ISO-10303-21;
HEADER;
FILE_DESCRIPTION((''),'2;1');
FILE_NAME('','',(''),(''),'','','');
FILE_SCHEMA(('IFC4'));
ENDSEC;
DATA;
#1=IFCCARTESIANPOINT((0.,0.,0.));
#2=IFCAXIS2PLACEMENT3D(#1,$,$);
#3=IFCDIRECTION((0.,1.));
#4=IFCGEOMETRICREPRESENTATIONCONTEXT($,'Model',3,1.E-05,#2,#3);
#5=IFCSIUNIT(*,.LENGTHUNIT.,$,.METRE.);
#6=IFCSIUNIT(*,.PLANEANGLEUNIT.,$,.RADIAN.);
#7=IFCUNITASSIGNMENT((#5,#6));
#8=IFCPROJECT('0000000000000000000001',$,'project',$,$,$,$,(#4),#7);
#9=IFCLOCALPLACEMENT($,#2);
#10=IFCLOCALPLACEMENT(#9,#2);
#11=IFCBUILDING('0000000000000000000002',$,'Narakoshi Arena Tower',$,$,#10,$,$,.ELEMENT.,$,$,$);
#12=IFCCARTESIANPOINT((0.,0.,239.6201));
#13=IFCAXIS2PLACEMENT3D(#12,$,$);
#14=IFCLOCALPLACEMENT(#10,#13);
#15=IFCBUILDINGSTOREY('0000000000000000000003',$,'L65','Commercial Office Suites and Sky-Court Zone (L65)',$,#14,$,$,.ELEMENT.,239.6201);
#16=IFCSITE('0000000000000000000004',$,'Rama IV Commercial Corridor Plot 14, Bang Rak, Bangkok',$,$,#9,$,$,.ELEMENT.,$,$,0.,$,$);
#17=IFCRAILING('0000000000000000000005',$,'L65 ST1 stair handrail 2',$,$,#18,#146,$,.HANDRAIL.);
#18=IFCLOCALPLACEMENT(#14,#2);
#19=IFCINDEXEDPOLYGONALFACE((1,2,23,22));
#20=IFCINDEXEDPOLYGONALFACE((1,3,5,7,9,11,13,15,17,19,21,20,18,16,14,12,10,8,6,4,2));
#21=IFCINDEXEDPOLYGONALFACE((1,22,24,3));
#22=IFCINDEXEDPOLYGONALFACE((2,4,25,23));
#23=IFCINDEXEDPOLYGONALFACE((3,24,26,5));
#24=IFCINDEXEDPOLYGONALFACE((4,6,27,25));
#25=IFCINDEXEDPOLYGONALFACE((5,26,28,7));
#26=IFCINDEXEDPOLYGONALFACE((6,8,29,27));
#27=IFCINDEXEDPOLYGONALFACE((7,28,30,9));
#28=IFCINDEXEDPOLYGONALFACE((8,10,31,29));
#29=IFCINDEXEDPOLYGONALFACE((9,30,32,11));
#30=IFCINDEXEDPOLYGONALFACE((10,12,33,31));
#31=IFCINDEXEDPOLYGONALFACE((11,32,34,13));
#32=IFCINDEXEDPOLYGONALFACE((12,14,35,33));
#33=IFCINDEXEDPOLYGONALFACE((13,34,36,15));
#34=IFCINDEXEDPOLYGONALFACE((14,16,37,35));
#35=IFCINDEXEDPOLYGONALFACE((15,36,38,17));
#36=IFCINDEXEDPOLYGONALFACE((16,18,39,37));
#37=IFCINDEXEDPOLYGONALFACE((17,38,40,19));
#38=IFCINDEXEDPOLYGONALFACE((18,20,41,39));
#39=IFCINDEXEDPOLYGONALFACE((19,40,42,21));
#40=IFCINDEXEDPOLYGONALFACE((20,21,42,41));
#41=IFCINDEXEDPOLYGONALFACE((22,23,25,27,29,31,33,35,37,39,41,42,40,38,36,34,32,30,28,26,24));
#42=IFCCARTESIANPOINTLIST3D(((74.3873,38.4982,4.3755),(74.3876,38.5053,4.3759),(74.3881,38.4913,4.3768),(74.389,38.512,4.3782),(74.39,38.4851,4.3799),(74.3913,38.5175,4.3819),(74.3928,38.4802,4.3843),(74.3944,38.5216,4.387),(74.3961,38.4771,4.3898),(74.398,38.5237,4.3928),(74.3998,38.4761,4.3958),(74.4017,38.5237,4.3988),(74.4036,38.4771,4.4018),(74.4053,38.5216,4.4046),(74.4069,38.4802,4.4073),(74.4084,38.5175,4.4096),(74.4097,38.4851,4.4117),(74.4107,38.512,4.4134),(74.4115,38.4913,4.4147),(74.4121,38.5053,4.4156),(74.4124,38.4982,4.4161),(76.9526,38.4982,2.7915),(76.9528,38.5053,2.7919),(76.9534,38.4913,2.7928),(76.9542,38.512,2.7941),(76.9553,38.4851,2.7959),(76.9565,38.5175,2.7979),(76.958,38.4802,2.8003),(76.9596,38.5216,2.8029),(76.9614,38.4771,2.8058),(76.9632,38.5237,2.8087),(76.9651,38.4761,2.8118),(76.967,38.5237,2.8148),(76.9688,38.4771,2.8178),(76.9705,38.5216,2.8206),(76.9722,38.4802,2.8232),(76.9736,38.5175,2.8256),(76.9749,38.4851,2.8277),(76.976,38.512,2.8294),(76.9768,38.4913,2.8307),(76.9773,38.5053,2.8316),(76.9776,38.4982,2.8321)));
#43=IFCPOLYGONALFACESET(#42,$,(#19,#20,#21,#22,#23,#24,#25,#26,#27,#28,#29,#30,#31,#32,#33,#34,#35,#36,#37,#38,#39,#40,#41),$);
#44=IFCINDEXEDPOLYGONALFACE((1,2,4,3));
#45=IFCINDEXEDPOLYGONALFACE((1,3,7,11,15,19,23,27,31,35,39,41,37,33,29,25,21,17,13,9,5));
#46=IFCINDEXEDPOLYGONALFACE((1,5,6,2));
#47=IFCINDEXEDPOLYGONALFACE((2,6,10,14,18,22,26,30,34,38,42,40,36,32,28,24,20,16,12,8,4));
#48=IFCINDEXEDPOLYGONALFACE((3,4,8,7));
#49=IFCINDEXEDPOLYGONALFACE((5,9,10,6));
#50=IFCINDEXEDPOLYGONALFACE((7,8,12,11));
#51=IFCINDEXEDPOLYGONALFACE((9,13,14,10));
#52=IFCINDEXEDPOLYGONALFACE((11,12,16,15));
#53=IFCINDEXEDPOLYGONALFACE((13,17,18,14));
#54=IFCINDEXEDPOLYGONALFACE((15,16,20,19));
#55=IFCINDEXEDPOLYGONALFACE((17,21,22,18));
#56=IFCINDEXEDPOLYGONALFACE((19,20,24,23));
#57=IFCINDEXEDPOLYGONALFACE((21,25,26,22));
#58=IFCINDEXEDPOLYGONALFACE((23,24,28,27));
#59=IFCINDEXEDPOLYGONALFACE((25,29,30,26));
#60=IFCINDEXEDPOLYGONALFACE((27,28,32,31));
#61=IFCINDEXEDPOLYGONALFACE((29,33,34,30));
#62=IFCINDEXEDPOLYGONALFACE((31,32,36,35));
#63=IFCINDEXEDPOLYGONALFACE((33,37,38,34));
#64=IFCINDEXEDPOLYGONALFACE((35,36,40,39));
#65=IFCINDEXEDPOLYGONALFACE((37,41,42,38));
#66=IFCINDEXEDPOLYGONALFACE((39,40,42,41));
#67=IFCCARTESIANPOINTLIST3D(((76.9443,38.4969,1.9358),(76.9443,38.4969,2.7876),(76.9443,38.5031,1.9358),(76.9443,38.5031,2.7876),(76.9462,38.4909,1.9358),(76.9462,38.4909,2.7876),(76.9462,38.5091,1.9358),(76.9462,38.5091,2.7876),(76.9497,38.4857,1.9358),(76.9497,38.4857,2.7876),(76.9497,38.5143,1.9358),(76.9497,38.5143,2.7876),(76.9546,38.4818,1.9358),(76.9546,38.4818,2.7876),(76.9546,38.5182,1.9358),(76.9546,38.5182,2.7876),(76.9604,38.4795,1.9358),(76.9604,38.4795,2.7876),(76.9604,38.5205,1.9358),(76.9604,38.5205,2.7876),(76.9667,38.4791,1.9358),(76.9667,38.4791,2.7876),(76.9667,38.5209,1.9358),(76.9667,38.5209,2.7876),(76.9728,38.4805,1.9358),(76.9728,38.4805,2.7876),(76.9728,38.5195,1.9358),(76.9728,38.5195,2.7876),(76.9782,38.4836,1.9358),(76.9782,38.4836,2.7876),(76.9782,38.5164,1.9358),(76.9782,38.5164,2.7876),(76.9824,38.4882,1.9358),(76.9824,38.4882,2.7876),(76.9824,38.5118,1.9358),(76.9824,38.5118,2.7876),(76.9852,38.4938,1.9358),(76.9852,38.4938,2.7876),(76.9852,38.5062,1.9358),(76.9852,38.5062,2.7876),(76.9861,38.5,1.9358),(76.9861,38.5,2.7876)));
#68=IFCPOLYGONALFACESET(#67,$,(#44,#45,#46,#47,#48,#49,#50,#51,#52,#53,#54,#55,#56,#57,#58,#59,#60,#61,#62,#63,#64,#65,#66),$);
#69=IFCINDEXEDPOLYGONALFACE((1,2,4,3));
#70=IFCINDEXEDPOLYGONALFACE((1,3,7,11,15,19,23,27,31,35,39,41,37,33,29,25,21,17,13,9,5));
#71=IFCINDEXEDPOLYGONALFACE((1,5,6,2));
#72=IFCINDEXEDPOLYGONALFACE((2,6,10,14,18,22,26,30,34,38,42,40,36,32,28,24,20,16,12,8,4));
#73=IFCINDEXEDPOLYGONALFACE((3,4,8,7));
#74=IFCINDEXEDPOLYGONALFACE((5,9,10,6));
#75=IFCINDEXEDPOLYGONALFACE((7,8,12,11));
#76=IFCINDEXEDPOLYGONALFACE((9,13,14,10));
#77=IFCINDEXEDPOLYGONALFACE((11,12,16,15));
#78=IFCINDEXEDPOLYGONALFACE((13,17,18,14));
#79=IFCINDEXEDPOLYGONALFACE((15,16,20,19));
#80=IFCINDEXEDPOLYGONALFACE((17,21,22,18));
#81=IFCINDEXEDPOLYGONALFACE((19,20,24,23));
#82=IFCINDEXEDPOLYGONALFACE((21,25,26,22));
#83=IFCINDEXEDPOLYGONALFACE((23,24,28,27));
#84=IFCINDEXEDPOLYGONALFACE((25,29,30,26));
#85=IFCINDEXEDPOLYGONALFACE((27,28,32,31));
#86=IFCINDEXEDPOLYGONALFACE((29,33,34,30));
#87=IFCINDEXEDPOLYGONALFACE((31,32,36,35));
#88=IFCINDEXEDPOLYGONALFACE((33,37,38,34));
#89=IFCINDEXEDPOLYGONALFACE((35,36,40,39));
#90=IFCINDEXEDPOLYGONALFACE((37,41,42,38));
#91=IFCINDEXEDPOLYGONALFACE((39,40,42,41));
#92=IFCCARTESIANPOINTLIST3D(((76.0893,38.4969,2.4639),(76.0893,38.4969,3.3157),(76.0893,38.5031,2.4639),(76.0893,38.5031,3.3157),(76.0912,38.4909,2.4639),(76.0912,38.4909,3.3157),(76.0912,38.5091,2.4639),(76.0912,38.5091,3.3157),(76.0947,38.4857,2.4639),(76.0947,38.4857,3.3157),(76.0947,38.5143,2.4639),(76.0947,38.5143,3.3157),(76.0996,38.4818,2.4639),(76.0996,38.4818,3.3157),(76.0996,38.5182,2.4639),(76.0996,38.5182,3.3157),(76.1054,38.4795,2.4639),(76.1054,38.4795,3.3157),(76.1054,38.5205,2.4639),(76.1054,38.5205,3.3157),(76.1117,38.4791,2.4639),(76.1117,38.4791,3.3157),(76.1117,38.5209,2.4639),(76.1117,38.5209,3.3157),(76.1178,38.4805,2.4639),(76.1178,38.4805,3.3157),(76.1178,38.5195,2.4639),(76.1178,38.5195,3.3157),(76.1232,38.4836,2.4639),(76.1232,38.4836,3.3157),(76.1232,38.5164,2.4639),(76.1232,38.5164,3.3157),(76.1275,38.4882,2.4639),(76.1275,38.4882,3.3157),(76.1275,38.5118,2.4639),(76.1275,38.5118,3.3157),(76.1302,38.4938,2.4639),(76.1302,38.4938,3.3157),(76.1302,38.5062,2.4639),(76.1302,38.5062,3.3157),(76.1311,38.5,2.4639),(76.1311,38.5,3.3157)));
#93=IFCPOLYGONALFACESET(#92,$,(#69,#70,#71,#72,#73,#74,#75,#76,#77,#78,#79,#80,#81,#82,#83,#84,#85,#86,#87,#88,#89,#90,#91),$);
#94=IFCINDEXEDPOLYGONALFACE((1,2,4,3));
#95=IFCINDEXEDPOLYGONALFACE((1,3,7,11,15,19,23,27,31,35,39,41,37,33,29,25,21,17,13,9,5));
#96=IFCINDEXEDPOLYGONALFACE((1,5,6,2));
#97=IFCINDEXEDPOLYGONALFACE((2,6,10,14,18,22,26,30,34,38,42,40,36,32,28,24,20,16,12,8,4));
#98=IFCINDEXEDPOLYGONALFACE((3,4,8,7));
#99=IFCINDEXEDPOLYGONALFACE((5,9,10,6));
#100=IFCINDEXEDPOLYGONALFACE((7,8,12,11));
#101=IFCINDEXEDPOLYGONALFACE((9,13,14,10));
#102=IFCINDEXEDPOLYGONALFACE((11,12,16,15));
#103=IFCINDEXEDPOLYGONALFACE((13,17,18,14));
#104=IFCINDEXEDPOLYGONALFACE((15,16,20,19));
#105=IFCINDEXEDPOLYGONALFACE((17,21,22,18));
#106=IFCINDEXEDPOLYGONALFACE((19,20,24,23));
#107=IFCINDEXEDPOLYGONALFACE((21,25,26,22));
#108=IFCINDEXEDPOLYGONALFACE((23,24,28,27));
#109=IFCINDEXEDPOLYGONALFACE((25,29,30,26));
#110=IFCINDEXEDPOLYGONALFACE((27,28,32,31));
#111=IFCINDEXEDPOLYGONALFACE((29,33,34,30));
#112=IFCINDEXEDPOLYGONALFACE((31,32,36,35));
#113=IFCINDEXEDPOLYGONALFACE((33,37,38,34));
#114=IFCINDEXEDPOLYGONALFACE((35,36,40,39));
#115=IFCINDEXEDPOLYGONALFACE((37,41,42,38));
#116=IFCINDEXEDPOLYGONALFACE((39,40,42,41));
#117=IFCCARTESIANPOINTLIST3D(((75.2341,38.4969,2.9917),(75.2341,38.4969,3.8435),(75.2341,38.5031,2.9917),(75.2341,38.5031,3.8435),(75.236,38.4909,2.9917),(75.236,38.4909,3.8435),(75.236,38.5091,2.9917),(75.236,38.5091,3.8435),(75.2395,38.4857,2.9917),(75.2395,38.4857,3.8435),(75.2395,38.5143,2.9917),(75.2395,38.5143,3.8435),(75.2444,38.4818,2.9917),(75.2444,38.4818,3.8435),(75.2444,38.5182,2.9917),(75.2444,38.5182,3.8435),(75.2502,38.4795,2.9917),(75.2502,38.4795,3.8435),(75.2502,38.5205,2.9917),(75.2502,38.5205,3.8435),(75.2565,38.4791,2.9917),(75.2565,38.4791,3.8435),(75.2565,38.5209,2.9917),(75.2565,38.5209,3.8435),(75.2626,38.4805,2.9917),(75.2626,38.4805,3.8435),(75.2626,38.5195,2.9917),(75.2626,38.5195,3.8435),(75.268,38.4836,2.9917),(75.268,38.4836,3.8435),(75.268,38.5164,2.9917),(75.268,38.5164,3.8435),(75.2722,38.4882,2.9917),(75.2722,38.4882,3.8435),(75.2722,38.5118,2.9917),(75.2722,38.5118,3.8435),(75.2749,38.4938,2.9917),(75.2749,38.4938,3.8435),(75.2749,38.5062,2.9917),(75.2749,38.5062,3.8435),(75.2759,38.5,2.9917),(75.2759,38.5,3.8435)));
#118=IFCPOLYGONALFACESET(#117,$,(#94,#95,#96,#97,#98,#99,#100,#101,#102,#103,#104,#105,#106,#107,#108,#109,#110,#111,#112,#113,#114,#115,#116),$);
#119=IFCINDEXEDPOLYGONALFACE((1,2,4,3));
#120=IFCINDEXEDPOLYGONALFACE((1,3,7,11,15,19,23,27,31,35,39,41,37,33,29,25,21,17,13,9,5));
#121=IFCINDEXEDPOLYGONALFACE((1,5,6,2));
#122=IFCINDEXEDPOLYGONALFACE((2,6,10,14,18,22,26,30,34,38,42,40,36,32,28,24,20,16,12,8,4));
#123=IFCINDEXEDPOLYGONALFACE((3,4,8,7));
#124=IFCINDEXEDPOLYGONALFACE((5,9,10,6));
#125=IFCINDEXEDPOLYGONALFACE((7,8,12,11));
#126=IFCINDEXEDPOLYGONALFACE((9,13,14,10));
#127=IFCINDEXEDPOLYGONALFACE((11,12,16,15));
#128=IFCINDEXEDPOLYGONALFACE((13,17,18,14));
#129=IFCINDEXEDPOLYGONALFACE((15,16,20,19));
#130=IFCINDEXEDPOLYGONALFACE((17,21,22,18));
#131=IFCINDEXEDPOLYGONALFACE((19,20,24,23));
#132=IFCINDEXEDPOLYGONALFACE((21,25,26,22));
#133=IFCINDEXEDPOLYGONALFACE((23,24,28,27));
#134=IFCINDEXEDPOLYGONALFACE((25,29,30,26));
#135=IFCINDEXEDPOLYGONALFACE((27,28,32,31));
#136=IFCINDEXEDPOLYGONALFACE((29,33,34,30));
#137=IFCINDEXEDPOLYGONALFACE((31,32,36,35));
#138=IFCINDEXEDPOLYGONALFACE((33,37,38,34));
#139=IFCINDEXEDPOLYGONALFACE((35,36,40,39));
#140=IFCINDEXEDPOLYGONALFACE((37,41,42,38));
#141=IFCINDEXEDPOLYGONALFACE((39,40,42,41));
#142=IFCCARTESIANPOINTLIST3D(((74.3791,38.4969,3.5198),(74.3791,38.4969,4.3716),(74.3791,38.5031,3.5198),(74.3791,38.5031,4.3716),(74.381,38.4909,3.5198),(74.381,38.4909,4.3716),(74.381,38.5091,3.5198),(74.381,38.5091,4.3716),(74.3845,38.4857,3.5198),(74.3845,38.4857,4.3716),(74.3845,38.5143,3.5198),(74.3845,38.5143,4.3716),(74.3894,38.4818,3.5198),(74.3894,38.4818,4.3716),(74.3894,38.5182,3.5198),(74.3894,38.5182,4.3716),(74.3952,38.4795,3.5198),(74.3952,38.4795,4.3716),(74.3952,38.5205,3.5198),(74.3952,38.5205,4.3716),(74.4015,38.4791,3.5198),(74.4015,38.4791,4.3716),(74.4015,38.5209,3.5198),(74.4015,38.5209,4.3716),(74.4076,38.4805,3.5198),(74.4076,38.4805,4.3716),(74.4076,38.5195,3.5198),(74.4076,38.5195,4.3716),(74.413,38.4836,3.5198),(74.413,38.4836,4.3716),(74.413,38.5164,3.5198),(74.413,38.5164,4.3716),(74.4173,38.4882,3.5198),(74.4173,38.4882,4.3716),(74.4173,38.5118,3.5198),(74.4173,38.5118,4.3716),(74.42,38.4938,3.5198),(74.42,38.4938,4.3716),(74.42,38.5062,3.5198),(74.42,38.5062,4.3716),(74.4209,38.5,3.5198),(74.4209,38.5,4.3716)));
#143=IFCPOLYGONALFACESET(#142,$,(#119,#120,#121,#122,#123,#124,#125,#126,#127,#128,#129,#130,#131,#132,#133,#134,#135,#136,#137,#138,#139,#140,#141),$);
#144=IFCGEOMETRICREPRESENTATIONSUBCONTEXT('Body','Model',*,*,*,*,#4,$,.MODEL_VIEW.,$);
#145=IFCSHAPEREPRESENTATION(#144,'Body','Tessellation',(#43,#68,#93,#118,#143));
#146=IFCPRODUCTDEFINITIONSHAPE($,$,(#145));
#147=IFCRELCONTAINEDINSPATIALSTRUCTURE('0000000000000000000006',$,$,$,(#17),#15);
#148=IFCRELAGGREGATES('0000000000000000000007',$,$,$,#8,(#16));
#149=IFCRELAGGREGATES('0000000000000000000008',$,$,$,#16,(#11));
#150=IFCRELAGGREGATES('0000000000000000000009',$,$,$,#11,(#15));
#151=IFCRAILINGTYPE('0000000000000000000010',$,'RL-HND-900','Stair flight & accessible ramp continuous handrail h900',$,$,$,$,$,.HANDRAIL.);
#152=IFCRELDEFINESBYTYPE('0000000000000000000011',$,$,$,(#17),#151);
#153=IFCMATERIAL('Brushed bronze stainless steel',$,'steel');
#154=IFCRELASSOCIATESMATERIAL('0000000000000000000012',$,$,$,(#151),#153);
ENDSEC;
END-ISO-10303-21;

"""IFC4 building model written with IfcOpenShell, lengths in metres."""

from ifc_helpers import new_model, si_unit, direction, frame, origin, origin_2d, place, context, subcontext, project, spatial, circle, extrude, material, type_object, element, save


model = new_model("IFC4")

# Units and contexts
model_context = context("Model", 3, precision=1e-05, world=origin(), true_north=direction((0.0, 1.0)))
body_context = subcontext(model_context, "Body", "Model", "MODEL_VIEW")
ifc_project = project(units=[si_unit("LENGTHUNIT", "METRE"), si_unit("PLANEANGLEUNIT", "RADIAN")], contexts=[model_context])

# Site, building, storey
site_placement = place(None, origin())
site = spatial("IfcSite", under=ifc_project, at=site_placement, Name="Rama IV Commercial Corridor Plot 14, Bang Rak, Bangkok", CompositionType="ELEMENT", RefElevation=0.0)
building_placement = place(site_placement, origin())
building = spatial("IfcBuilding", under=site, at=building_placement, Name="Narakoshi Arena Tower", CompositionType="ELEMENT")
storey_placement = place(building_placement, frame((0.0, 0.0, 239.6201)))
storey = spatial("IfcBuildingStorey", under=building, at=storey_placement, Name="L65", Description="Commercial Office Suites and Sky-Court Zone (L65)", CompositionType="ELEMENT", Elevation=239.6201)

# Railing
ifc_material_1 = material(Name="Brushed bronze stainless steel", Category="steel")
railing_type_1 = type_object("IfcRailingType", Name="RL-HND-900", Description="Stair flight & accessible ramp continuous handrail h900", PredefinedType="HANDRAIL", material=ifc_material_1)
railing_1_placement = place(storey_placement, frame((76.9651, 38.5, 1.9358)))
element("IfcRailing", 1, at=railing_1_placement, inside=storey, type_object=railing_type_1, Name="L65 ST1 stair handrail 2", PredefinedType="HANDRAIL", context=body_context, shape_type="SweptSolid", body=[
    extrude(circle(Radius=0.0239, at=origin_2d()), frame((0.0, 0.0, 0.876), z_axis=(-0.850857, 0.0, 0.525398), x_axis=(0.0, -1.0, 0.0)), (0.0, 0.0, 1.0), 3.0149),
    extrude(circle(Radius=0.021, at=origin_2d()), origin(), (0.0, 0.0, 1.0), 0.8518),
    extrude(circle(Radius=0.021, at=origin_2d()), frame((-0.855, 0.0, 0.5281)), (0.0, 0.0, 1.0), 0.8518),
    extrude(circle(Radius=0.021, at=origin_2d()), frame((-1.7102, 0.0, 1.0559)), (0.0, 0.0, 1.0), 0.8518),
    extrude(circle(Radius=0.021, at=origin_2d()), frame((-2.5652, 0.0, 1.584)), (0.0, 0.0, 1.0), 0.8518),
])

save(model, "model.ifc")
